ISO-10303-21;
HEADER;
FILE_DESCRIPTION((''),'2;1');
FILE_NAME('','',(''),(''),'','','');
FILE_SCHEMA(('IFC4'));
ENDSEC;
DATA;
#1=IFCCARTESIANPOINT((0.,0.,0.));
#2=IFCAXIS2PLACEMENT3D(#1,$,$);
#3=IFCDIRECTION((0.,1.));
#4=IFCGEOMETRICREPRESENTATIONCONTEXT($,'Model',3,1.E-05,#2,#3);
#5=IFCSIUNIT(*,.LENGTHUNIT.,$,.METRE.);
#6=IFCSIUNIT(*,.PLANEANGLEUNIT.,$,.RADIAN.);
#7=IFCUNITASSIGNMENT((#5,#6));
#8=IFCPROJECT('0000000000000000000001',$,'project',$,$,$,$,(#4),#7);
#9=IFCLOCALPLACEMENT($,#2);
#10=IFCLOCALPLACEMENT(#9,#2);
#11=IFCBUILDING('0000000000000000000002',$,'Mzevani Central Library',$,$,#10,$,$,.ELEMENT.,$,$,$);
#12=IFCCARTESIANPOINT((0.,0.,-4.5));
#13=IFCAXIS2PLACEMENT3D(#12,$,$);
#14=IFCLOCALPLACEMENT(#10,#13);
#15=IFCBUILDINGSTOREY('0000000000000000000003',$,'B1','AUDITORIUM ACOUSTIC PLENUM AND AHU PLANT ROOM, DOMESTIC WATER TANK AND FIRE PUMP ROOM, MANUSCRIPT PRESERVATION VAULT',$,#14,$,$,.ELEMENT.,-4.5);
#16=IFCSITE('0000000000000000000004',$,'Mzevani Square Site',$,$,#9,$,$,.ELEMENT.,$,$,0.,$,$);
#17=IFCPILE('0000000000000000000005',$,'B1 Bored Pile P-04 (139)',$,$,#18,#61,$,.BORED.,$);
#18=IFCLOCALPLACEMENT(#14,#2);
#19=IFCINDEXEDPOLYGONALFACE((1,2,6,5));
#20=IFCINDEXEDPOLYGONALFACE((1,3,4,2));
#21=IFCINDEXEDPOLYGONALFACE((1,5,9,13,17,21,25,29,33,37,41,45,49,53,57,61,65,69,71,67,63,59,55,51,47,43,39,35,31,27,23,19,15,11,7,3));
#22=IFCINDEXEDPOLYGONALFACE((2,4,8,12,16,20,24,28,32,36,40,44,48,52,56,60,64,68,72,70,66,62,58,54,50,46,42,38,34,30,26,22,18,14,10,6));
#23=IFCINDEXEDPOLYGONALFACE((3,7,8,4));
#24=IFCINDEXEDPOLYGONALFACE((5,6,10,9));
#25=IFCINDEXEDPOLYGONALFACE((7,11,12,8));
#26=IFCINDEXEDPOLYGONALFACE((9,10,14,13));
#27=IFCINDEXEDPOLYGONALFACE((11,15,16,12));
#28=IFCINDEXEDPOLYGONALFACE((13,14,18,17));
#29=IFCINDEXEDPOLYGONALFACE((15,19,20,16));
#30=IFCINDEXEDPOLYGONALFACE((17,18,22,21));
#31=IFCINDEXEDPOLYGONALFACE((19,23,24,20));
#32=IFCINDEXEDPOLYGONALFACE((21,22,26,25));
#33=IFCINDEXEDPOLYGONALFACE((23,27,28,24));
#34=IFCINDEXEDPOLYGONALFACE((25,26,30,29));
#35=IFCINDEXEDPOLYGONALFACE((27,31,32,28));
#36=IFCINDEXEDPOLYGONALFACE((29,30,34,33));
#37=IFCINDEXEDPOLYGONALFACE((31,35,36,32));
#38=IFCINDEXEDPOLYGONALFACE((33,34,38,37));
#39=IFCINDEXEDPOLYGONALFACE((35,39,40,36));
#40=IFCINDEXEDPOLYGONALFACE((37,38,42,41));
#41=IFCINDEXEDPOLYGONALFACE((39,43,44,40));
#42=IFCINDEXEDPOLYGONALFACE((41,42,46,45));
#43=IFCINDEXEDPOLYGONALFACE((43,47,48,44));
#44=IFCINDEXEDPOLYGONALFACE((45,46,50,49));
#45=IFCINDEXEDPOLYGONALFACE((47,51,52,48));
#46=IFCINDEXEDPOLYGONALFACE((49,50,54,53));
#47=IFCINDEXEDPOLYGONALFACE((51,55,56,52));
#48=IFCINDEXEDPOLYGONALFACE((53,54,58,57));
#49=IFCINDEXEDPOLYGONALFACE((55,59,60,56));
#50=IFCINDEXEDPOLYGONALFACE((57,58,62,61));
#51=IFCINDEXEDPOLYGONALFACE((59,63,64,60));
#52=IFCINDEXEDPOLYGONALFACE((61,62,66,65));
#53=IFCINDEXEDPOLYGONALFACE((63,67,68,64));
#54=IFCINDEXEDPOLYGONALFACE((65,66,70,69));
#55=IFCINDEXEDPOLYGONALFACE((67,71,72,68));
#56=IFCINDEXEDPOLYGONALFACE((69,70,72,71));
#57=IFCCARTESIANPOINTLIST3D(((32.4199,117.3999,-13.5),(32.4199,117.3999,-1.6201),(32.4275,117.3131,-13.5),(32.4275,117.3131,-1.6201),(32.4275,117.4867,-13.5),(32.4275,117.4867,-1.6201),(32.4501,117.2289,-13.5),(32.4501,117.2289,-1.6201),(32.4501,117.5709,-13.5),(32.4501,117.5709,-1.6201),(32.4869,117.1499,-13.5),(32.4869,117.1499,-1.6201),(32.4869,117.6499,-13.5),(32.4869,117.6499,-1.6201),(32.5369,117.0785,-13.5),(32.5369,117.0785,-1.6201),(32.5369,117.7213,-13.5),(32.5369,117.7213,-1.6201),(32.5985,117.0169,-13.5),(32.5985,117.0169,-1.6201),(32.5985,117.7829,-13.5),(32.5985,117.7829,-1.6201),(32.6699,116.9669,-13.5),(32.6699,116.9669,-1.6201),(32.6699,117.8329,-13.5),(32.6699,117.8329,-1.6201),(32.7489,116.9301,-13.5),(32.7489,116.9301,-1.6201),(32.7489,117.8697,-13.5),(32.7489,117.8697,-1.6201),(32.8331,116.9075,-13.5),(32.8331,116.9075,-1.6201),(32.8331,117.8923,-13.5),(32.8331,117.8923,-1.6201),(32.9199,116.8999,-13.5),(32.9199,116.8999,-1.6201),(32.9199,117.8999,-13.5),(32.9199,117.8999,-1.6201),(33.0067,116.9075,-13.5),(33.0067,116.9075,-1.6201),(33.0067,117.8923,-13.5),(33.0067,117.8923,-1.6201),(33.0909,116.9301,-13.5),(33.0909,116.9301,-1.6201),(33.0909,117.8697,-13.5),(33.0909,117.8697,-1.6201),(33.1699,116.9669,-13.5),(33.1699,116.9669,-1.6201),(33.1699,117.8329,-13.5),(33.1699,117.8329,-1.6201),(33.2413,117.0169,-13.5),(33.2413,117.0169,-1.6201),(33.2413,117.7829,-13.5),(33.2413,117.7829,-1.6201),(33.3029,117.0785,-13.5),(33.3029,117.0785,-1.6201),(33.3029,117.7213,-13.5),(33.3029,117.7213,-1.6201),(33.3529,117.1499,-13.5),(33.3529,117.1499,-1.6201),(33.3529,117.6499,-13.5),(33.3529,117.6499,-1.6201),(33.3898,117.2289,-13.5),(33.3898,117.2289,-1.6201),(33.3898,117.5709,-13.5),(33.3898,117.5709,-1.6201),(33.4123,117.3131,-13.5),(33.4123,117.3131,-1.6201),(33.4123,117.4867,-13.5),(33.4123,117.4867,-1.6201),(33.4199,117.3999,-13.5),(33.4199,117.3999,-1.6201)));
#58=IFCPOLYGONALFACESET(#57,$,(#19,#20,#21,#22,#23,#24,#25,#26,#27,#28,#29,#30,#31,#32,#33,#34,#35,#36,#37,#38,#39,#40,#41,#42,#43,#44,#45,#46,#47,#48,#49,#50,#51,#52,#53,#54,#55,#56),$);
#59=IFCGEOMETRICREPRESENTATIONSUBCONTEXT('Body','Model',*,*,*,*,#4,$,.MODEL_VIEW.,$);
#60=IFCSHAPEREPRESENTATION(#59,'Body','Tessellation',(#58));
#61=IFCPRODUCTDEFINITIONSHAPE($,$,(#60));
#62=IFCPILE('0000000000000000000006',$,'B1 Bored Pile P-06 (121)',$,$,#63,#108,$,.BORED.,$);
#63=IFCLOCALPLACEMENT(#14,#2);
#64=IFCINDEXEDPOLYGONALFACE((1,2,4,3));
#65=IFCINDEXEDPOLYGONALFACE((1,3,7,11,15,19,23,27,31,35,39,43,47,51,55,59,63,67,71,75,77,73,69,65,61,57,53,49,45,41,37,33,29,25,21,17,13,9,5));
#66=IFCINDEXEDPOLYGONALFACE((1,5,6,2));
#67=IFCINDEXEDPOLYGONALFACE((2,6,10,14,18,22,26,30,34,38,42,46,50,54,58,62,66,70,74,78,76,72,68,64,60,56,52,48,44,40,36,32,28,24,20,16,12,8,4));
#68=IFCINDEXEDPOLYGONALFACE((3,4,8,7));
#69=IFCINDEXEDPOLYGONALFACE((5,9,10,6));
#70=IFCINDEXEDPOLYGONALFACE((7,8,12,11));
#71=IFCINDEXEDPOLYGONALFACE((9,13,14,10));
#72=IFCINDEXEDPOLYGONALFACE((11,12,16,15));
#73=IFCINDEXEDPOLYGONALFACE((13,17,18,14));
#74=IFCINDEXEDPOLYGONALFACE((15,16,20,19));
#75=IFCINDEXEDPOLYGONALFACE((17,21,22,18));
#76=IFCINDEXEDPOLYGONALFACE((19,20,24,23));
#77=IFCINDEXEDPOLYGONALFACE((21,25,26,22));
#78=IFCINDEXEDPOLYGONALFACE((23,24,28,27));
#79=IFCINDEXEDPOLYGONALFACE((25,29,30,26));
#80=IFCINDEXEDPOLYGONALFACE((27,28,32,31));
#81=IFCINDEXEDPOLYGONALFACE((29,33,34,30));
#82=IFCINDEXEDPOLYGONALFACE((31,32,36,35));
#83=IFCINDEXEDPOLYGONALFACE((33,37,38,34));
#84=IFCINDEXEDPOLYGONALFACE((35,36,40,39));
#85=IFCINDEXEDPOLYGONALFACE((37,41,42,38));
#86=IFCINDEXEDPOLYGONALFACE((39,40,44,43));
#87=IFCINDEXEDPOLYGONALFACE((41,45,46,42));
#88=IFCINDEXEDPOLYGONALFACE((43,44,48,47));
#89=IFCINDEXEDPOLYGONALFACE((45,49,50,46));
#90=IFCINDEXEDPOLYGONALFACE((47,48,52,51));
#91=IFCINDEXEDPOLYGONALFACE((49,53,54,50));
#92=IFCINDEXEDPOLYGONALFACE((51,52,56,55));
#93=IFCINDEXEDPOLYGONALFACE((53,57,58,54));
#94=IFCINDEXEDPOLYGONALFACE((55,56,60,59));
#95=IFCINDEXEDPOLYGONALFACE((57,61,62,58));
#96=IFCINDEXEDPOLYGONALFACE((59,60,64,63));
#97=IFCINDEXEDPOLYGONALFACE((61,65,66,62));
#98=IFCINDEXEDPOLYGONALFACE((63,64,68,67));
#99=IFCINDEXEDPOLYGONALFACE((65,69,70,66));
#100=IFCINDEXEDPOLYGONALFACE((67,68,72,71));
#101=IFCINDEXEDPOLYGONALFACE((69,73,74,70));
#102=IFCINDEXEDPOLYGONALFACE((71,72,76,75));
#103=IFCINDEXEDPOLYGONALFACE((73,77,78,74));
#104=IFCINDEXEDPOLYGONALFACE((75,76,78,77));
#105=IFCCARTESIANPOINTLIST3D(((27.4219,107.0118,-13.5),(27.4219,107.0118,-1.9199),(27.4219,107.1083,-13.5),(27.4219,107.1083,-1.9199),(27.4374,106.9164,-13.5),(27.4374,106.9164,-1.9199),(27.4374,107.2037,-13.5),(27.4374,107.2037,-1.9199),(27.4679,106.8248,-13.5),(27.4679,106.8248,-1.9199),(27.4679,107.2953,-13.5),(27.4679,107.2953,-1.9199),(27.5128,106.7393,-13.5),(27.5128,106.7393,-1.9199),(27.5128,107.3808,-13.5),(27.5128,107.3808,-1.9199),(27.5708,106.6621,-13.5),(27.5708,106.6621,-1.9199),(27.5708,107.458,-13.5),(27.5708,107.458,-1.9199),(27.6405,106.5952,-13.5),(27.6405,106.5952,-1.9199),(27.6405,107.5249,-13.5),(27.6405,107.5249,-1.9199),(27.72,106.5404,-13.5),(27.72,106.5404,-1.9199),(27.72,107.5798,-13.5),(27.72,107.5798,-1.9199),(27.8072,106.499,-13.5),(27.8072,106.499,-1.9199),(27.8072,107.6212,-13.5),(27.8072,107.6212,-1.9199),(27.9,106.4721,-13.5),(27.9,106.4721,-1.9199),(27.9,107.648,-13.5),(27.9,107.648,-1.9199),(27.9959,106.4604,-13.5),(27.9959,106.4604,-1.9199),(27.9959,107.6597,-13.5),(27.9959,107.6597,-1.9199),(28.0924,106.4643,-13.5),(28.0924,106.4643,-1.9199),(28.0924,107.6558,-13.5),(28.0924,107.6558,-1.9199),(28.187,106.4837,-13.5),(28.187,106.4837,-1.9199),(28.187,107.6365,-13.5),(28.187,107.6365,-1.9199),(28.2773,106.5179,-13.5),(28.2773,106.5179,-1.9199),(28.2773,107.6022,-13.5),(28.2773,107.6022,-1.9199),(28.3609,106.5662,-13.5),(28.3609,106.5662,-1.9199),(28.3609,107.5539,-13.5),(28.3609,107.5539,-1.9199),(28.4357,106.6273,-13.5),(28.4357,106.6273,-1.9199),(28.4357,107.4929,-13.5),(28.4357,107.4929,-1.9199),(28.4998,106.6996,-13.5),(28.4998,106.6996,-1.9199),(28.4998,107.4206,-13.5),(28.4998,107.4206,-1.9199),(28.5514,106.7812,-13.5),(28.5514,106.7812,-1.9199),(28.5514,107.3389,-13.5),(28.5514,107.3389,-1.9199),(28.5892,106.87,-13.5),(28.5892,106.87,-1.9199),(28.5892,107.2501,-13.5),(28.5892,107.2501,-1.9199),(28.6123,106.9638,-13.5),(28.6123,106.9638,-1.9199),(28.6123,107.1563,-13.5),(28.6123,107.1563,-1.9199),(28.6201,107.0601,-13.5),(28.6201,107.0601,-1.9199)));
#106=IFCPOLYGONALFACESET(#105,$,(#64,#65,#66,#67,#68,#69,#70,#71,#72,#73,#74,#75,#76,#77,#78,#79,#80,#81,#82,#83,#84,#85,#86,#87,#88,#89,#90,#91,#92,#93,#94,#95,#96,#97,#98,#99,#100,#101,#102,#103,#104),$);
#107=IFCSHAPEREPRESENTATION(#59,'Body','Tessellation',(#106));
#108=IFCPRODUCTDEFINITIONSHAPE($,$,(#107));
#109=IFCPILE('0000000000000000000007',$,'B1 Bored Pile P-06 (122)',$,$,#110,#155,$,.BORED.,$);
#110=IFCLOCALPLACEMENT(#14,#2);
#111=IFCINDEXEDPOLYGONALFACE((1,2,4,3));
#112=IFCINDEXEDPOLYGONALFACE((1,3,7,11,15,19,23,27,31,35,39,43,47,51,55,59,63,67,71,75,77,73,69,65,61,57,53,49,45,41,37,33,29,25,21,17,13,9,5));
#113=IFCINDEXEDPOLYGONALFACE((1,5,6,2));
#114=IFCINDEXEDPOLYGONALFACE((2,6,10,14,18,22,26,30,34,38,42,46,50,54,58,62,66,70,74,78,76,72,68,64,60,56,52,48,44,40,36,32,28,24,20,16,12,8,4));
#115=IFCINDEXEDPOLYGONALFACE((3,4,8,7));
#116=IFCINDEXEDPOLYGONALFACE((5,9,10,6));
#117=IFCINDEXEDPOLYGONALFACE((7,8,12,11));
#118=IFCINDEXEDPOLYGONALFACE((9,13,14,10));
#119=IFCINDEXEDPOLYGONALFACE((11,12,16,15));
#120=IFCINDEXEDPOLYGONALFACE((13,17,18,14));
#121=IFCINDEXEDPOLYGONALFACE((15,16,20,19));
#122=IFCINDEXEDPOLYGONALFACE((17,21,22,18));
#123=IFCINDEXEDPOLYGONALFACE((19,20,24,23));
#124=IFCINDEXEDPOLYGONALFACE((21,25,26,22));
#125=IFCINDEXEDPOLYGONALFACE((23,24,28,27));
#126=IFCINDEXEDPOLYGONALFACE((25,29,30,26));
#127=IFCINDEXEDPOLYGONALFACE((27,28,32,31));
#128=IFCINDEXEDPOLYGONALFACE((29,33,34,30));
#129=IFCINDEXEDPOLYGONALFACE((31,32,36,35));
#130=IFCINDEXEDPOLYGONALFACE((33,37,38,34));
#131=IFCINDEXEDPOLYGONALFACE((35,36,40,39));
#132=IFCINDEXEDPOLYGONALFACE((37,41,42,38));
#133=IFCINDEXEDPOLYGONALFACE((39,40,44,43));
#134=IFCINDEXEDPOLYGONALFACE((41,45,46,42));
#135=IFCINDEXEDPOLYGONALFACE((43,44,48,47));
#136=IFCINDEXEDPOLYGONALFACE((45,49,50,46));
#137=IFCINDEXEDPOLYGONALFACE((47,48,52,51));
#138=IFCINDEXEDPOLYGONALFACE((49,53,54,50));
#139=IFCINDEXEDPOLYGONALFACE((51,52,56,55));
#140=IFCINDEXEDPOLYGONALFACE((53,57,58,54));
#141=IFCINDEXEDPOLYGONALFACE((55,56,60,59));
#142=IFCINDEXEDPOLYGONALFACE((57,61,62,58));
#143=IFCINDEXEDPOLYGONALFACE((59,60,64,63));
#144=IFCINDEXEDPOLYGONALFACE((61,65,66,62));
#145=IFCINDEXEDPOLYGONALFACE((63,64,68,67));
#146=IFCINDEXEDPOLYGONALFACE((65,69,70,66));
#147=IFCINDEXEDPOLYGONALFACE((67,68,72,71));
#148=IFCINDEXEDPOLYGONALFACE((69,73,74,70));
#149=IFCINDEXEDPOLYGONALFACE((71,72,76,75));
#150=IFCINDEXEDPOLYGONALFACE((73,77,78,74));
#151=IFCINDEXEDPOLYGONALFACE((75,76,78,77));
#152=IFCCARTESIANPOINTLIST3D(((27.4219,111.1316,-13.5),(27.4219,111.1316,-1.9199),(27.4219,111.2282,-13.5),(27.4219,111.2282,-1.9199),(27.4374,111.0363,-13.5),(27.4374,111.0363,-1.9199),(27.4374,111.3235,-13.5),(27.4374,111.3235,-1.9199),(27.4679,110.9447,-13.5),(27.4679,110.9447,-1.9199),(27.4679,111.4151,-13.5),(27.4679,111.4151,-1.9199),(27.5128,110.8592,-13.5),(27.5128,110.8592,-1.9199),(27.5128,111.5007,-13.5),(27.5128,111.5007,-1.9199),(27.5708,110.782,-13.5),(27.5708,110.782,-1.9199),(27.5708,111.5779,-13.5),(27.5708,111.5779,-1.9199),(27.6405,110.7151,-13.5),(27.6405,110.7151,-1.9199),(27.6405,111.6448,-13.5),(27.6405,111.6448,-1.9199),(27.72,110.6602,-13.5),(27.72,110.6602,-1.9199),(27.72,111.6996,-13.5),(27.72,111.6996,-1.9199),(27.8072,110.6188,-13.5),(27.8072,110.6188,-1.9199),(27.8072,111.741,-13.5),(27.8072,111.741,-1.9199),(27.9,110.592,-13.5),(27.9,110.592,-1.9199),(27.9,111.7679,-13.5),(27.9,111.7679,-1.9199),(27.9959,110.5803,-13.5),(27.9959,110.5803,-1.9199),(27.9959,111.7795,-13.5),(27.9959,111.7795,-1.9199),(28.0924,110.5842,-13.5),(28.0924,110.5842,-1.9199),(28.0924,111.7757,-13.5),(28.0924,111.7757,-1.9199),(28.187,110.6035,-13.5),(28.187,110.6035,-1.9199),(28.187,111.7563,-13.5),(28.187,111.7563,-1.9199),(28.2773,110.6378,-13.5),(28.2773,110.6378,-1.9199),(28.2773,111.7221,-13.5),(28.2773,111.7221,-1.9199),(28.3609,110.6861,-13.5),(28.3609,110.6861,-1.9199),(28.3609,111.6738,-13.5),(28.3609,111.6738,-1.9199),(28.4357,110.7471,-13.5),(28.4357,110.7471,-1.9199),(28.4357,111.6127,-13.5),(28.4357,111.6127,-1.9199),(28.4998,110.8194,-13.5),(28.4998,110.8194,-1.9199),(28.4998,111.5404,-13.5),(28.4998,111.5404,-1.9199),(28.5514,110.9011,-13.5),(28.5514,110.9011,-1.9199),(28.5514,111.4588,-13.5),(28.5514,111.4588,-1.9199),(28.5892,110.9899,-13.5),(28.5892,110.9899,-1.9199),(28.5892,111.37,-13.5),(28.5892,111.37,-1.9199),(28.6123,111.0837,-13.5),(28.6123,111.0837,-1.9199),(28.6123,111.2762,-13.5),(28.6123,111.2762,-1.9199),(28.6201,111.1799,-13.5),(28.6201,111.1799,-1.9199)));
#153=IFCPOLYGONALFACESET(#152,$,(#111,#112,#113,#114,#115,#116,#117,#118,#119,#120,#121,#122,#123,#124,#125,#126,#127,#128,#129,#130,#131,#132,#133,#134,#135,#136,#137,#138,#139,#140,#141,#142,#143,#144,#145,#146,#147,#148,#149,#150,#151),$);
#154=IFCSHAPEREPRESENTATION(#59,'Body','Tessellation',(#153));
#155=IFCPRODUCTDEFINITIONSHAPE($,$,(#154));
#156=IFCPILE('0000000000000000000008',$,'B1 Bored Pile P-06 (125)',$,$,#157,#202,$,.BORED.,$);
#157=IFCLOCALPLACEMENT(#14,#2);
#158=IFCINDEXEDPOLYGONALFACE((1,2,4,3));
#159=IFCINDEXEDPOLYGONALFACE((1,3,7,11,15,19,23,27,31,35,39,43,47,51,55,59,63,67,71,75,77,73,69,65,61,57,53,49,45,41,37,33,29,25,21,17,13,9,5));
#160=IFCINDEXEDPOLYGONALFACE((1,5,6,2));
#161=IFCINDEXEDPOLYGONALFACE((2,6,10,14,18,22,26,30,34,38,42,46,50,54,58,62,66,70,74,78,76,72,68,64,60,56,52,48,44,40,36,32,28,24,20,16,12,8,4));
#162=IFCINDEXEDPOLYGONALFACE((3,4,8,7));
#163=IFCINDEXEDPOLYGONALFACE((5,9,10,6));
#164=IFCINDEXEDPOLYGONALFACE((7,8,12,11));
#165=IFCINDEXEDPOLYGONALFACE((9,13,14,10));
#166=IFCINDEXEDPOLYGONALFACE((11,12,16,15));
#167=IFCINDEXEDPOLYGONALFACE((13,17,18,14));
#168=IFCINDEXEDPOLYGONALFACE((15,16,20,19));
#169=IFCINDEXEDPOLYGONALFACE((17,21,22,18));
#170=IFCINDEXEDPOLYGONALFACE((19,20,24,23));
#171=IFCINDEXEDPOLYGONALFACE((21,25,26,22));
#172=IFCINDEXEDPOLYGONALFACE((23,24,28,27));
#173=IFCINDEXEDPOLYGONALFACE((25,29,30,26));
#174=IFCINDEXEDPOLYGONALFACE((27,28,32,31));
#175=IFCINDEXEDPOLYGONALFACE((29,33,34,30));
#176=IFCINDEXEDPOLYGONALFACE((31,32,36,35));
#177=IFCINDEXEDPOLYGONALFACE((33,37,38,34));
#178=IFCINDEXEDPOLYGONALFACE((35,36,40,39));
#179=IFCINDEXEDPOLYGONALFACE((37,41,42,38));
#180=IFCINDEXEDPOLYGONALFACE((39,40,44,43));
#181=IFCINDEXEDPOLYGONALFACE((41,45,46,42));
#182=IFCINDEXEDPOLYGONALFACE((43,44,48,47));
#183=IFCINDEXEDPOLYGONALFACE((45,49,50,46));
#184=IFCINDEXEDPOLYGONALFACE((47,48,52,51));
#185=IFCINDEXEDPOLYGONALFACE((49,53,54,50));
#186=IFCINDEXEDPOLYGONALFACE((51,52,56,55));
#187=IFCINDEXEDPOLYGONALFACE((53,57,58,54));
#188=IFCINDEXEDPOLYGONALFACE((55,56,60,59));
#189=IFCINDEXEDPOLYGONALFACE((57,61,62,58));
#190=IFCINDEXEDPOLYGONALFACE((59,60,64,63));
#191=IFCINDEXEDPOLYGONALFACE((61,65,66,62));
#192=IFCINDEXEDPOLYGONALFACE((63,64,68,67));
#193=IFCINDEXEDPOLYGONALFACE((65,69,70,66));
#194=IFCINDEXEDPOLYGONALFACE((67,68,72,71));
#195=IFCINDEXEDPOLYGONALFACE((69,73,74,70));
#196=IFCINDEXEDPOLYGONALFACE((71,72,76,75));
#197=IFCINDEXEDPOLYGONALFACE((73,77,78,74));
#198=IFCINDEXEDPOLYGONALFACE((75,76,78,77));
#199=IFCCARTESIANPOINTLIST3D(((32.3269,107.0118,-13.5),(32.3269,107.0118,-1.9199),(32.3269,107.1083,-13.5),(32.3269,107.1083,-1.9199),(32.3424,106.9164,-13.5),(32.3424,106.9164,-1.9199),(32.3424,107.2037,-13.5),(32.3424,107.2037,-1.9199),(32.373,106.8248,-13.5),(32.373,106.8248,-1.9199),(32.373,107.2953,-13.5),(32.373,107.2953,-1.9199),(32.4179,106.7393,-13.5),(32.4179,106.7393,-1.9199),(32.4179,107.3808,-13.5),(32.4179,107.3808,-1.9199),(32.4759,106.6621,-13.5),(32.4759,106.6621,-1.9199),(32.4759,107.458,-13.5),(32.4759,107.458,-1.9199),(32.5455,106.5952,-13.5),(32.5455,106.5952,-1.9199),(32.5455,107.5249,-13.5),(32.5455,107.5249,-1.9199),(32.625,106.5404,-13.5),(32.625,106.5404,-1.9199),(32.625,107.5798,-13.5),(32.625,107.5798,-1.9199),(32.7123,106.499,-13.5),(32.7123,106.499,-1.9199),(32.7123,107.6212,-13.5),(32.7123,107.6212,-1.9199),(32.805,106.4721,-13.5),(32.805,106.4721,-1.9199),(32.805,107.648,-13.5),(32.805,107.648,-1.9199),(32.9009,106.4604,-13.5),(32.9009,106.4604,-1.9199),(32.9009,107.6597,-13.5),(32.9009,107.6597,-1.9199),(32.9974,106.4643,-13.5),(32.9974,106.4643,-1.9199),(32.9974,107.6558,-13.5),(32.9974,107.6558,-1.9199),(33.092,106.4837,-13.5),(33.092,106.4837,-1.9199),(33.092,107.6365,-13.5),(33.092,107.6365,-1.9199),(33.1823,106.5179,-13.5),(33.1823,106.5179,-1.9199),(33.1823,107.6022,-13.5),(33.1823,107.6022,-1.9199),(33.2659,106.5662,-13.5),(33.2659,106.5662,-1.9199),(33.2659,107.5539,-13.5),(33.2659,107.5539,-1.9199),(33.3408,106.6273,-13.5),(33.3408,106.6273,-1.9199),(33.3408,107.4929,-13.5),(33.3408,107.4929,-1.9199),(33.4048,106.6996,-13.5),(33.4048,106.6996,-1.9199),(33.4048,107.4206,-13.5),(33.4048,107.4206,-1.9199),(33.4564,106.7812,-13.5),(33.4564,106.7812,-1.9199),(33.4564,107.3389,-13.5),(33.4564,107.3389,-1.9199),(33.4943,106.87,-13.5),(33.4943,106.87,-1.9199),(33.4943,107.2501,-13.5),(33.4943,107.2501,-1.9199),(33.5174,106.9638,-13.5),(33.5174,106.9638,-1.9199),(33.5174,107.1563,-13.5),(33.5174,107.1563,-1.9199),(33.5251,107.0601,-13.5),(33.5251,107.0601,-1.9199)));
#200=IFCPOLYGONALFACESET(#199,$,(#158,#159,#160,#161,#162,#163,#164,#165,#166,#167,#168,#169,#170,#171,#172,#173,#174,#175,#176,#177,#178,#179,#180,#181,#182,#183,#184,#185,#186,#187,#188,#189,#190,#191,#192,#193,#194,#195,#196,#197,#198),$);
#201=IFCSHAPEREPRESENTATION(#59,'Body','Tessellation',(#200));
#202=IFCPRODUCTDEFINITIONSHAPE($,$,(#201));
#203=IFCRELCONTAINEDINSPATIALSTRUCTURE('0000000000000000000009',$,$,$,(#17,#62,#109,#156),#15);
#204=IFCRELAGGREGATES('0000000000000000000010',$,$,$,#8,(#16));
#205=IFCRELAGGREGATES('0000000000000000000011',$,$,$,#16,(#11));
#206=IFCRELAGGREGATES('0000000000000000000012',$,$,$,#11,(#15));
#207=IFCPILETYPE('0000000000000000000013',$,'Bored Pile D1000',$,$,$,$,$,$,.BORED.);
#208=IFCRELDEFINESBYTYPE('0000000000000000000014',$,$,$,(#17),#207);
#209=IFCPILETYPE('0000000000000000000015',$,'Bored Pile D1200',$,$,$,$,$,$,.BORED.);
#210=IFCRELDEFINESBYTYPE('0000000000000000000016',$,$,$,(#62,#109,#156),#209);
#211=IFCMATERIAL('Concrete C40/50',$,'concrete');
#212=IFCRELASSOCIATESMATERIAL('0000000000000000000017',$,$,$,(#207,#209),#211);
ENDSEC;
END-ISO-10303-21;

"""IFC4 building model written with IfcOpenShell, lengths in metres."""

from ifc_helpers import new_model, si_unit, direction, frame, origin, origin_2d, place, context, subcontext, project, spatial, circle, extrude, material, material_profile, profile_set, type_object, element, save


model = new_model("IFC4")

# Units and contexts
model_context = context("Model", 3, precision=1e-05, world=origin(), true_north=direction((0.0, 1.0)))
body_context = subcontext(model_context, "Body", "Model", "MODEL_VIEW")
ifc_project = project(units=[si_unit("LENGTHUNIT", "METRE"), si_unit("PLANEANGLEUNIT", "RADIAN")], contexts=[model_context])

# Site, building, storey
site_placement = place(None, origin())
site = spatial("IfcSite", under=ifc_project, at=site_placement, Name="Mzevani Square Site", CompositionType="ELEMENT", RefElevation=0.0)
building_placement = place(site_placement, origin())
building = spatial("IfcBuilding", under=site, at=building_placement, Name="Mzevani Central Library", CompositionType="ELEMENT")
storey_placement = place(building_placement, frame((0.0, 0.0, -4.5)))
storey = spatial("IfcBuildingStorey", under=building, at=storey_placement, Name="B1", Description="AUDITORIUM ACOUSTIC PLENUM AND AHU PLANT ROOM, DOMESTIC WATER TANK AND FIRE PUMP ROOM, MANUSCRIPT PRESERVATION VAULT", CompositionType="ELEMENT", Elevation=-4.5)

# Piles
ifc_material_1 = material(Name="Concrete C40/50", Category="concrete")
ifc_material_profile_1 = material_profile(ifc_material_1, circle(Radius=0.5, at=origin_2d()), Name="PILE D1000")
ifc_profile_set_1 = profile_set([ifc_material_profile_1], Name="Concrete C40/50")
pile_type_1 = type_object("IfcPileType", Name="Bored Pile D1000", PredefinedType="BORED", material=ifc_profile_set_1)
pile_placement = place(storey_placement, frame((32.9199, 117.3999, -1.6201), z_axis=(0.0, 0.0, -1.0), x_axis=(1.0, 0.0, 0.0)))
element("IfcPile", 1, at=pile_placement, inside=storey, type_object=pile_type_1, Name="B1 Bored Pile P-04 (139)", PredefinedType="BORED", context=body_context, shape_type="SweptSolid", body=[
    extrude(circle(Radius=0.5, at=origin_2d()), origin(), (0.0, 0.0, 1.0), 11.8799),
])
ifc_material_profile_2 = material_profile(ifc_material_1, circle(Radius=0.6001, at=origin_2d()), Name="PILE D1200")
ifc_profile_set_2 = profile_set([ifc_material_profile_2], Name="Concrete C40/50")
pile_type_2 = type_object("IfcPileType", Name="Bored Pile D1200", PredefinedType="BORED", material=ifc_profile_set_2)
for number, where, z_axis, x_axis, name in (
    (2, (28.02, 107.0601, -1.9199), (0.0, 0.0, -1.0), (1.0, 0.0, 0.0), "B1 Bored Pile P-06 (121)"),
    (3, (28.02, 111.1799, -1.9199), (0.0, 0.0, -1.0), (1.0, 0.0, 0.0), "B1 Bored Pile P-06 (122)"),
    (4, (32.925, 107.0601, -1.9199), (0.0, 0.0, -1.0), (1.0, 0.0, 0.0), "B1 Bored Pile P-06 (125)"),
):
    element("IfcPile", number, at=place(storey_placement, frame(where, z_axis=z_axis, x_axis=x_axis)), inside=storey, type_object=pile_type_2, Name=name, PredefinedType="BORED", context=body_context, shape_type="SweptSolid", body=[
        extrude(circle(Radius=0.6001, at=origin_2d()), origin(), (0.0, 0.0, 1.0), 11.5801),
    ])

save(model, "model.ifc")
